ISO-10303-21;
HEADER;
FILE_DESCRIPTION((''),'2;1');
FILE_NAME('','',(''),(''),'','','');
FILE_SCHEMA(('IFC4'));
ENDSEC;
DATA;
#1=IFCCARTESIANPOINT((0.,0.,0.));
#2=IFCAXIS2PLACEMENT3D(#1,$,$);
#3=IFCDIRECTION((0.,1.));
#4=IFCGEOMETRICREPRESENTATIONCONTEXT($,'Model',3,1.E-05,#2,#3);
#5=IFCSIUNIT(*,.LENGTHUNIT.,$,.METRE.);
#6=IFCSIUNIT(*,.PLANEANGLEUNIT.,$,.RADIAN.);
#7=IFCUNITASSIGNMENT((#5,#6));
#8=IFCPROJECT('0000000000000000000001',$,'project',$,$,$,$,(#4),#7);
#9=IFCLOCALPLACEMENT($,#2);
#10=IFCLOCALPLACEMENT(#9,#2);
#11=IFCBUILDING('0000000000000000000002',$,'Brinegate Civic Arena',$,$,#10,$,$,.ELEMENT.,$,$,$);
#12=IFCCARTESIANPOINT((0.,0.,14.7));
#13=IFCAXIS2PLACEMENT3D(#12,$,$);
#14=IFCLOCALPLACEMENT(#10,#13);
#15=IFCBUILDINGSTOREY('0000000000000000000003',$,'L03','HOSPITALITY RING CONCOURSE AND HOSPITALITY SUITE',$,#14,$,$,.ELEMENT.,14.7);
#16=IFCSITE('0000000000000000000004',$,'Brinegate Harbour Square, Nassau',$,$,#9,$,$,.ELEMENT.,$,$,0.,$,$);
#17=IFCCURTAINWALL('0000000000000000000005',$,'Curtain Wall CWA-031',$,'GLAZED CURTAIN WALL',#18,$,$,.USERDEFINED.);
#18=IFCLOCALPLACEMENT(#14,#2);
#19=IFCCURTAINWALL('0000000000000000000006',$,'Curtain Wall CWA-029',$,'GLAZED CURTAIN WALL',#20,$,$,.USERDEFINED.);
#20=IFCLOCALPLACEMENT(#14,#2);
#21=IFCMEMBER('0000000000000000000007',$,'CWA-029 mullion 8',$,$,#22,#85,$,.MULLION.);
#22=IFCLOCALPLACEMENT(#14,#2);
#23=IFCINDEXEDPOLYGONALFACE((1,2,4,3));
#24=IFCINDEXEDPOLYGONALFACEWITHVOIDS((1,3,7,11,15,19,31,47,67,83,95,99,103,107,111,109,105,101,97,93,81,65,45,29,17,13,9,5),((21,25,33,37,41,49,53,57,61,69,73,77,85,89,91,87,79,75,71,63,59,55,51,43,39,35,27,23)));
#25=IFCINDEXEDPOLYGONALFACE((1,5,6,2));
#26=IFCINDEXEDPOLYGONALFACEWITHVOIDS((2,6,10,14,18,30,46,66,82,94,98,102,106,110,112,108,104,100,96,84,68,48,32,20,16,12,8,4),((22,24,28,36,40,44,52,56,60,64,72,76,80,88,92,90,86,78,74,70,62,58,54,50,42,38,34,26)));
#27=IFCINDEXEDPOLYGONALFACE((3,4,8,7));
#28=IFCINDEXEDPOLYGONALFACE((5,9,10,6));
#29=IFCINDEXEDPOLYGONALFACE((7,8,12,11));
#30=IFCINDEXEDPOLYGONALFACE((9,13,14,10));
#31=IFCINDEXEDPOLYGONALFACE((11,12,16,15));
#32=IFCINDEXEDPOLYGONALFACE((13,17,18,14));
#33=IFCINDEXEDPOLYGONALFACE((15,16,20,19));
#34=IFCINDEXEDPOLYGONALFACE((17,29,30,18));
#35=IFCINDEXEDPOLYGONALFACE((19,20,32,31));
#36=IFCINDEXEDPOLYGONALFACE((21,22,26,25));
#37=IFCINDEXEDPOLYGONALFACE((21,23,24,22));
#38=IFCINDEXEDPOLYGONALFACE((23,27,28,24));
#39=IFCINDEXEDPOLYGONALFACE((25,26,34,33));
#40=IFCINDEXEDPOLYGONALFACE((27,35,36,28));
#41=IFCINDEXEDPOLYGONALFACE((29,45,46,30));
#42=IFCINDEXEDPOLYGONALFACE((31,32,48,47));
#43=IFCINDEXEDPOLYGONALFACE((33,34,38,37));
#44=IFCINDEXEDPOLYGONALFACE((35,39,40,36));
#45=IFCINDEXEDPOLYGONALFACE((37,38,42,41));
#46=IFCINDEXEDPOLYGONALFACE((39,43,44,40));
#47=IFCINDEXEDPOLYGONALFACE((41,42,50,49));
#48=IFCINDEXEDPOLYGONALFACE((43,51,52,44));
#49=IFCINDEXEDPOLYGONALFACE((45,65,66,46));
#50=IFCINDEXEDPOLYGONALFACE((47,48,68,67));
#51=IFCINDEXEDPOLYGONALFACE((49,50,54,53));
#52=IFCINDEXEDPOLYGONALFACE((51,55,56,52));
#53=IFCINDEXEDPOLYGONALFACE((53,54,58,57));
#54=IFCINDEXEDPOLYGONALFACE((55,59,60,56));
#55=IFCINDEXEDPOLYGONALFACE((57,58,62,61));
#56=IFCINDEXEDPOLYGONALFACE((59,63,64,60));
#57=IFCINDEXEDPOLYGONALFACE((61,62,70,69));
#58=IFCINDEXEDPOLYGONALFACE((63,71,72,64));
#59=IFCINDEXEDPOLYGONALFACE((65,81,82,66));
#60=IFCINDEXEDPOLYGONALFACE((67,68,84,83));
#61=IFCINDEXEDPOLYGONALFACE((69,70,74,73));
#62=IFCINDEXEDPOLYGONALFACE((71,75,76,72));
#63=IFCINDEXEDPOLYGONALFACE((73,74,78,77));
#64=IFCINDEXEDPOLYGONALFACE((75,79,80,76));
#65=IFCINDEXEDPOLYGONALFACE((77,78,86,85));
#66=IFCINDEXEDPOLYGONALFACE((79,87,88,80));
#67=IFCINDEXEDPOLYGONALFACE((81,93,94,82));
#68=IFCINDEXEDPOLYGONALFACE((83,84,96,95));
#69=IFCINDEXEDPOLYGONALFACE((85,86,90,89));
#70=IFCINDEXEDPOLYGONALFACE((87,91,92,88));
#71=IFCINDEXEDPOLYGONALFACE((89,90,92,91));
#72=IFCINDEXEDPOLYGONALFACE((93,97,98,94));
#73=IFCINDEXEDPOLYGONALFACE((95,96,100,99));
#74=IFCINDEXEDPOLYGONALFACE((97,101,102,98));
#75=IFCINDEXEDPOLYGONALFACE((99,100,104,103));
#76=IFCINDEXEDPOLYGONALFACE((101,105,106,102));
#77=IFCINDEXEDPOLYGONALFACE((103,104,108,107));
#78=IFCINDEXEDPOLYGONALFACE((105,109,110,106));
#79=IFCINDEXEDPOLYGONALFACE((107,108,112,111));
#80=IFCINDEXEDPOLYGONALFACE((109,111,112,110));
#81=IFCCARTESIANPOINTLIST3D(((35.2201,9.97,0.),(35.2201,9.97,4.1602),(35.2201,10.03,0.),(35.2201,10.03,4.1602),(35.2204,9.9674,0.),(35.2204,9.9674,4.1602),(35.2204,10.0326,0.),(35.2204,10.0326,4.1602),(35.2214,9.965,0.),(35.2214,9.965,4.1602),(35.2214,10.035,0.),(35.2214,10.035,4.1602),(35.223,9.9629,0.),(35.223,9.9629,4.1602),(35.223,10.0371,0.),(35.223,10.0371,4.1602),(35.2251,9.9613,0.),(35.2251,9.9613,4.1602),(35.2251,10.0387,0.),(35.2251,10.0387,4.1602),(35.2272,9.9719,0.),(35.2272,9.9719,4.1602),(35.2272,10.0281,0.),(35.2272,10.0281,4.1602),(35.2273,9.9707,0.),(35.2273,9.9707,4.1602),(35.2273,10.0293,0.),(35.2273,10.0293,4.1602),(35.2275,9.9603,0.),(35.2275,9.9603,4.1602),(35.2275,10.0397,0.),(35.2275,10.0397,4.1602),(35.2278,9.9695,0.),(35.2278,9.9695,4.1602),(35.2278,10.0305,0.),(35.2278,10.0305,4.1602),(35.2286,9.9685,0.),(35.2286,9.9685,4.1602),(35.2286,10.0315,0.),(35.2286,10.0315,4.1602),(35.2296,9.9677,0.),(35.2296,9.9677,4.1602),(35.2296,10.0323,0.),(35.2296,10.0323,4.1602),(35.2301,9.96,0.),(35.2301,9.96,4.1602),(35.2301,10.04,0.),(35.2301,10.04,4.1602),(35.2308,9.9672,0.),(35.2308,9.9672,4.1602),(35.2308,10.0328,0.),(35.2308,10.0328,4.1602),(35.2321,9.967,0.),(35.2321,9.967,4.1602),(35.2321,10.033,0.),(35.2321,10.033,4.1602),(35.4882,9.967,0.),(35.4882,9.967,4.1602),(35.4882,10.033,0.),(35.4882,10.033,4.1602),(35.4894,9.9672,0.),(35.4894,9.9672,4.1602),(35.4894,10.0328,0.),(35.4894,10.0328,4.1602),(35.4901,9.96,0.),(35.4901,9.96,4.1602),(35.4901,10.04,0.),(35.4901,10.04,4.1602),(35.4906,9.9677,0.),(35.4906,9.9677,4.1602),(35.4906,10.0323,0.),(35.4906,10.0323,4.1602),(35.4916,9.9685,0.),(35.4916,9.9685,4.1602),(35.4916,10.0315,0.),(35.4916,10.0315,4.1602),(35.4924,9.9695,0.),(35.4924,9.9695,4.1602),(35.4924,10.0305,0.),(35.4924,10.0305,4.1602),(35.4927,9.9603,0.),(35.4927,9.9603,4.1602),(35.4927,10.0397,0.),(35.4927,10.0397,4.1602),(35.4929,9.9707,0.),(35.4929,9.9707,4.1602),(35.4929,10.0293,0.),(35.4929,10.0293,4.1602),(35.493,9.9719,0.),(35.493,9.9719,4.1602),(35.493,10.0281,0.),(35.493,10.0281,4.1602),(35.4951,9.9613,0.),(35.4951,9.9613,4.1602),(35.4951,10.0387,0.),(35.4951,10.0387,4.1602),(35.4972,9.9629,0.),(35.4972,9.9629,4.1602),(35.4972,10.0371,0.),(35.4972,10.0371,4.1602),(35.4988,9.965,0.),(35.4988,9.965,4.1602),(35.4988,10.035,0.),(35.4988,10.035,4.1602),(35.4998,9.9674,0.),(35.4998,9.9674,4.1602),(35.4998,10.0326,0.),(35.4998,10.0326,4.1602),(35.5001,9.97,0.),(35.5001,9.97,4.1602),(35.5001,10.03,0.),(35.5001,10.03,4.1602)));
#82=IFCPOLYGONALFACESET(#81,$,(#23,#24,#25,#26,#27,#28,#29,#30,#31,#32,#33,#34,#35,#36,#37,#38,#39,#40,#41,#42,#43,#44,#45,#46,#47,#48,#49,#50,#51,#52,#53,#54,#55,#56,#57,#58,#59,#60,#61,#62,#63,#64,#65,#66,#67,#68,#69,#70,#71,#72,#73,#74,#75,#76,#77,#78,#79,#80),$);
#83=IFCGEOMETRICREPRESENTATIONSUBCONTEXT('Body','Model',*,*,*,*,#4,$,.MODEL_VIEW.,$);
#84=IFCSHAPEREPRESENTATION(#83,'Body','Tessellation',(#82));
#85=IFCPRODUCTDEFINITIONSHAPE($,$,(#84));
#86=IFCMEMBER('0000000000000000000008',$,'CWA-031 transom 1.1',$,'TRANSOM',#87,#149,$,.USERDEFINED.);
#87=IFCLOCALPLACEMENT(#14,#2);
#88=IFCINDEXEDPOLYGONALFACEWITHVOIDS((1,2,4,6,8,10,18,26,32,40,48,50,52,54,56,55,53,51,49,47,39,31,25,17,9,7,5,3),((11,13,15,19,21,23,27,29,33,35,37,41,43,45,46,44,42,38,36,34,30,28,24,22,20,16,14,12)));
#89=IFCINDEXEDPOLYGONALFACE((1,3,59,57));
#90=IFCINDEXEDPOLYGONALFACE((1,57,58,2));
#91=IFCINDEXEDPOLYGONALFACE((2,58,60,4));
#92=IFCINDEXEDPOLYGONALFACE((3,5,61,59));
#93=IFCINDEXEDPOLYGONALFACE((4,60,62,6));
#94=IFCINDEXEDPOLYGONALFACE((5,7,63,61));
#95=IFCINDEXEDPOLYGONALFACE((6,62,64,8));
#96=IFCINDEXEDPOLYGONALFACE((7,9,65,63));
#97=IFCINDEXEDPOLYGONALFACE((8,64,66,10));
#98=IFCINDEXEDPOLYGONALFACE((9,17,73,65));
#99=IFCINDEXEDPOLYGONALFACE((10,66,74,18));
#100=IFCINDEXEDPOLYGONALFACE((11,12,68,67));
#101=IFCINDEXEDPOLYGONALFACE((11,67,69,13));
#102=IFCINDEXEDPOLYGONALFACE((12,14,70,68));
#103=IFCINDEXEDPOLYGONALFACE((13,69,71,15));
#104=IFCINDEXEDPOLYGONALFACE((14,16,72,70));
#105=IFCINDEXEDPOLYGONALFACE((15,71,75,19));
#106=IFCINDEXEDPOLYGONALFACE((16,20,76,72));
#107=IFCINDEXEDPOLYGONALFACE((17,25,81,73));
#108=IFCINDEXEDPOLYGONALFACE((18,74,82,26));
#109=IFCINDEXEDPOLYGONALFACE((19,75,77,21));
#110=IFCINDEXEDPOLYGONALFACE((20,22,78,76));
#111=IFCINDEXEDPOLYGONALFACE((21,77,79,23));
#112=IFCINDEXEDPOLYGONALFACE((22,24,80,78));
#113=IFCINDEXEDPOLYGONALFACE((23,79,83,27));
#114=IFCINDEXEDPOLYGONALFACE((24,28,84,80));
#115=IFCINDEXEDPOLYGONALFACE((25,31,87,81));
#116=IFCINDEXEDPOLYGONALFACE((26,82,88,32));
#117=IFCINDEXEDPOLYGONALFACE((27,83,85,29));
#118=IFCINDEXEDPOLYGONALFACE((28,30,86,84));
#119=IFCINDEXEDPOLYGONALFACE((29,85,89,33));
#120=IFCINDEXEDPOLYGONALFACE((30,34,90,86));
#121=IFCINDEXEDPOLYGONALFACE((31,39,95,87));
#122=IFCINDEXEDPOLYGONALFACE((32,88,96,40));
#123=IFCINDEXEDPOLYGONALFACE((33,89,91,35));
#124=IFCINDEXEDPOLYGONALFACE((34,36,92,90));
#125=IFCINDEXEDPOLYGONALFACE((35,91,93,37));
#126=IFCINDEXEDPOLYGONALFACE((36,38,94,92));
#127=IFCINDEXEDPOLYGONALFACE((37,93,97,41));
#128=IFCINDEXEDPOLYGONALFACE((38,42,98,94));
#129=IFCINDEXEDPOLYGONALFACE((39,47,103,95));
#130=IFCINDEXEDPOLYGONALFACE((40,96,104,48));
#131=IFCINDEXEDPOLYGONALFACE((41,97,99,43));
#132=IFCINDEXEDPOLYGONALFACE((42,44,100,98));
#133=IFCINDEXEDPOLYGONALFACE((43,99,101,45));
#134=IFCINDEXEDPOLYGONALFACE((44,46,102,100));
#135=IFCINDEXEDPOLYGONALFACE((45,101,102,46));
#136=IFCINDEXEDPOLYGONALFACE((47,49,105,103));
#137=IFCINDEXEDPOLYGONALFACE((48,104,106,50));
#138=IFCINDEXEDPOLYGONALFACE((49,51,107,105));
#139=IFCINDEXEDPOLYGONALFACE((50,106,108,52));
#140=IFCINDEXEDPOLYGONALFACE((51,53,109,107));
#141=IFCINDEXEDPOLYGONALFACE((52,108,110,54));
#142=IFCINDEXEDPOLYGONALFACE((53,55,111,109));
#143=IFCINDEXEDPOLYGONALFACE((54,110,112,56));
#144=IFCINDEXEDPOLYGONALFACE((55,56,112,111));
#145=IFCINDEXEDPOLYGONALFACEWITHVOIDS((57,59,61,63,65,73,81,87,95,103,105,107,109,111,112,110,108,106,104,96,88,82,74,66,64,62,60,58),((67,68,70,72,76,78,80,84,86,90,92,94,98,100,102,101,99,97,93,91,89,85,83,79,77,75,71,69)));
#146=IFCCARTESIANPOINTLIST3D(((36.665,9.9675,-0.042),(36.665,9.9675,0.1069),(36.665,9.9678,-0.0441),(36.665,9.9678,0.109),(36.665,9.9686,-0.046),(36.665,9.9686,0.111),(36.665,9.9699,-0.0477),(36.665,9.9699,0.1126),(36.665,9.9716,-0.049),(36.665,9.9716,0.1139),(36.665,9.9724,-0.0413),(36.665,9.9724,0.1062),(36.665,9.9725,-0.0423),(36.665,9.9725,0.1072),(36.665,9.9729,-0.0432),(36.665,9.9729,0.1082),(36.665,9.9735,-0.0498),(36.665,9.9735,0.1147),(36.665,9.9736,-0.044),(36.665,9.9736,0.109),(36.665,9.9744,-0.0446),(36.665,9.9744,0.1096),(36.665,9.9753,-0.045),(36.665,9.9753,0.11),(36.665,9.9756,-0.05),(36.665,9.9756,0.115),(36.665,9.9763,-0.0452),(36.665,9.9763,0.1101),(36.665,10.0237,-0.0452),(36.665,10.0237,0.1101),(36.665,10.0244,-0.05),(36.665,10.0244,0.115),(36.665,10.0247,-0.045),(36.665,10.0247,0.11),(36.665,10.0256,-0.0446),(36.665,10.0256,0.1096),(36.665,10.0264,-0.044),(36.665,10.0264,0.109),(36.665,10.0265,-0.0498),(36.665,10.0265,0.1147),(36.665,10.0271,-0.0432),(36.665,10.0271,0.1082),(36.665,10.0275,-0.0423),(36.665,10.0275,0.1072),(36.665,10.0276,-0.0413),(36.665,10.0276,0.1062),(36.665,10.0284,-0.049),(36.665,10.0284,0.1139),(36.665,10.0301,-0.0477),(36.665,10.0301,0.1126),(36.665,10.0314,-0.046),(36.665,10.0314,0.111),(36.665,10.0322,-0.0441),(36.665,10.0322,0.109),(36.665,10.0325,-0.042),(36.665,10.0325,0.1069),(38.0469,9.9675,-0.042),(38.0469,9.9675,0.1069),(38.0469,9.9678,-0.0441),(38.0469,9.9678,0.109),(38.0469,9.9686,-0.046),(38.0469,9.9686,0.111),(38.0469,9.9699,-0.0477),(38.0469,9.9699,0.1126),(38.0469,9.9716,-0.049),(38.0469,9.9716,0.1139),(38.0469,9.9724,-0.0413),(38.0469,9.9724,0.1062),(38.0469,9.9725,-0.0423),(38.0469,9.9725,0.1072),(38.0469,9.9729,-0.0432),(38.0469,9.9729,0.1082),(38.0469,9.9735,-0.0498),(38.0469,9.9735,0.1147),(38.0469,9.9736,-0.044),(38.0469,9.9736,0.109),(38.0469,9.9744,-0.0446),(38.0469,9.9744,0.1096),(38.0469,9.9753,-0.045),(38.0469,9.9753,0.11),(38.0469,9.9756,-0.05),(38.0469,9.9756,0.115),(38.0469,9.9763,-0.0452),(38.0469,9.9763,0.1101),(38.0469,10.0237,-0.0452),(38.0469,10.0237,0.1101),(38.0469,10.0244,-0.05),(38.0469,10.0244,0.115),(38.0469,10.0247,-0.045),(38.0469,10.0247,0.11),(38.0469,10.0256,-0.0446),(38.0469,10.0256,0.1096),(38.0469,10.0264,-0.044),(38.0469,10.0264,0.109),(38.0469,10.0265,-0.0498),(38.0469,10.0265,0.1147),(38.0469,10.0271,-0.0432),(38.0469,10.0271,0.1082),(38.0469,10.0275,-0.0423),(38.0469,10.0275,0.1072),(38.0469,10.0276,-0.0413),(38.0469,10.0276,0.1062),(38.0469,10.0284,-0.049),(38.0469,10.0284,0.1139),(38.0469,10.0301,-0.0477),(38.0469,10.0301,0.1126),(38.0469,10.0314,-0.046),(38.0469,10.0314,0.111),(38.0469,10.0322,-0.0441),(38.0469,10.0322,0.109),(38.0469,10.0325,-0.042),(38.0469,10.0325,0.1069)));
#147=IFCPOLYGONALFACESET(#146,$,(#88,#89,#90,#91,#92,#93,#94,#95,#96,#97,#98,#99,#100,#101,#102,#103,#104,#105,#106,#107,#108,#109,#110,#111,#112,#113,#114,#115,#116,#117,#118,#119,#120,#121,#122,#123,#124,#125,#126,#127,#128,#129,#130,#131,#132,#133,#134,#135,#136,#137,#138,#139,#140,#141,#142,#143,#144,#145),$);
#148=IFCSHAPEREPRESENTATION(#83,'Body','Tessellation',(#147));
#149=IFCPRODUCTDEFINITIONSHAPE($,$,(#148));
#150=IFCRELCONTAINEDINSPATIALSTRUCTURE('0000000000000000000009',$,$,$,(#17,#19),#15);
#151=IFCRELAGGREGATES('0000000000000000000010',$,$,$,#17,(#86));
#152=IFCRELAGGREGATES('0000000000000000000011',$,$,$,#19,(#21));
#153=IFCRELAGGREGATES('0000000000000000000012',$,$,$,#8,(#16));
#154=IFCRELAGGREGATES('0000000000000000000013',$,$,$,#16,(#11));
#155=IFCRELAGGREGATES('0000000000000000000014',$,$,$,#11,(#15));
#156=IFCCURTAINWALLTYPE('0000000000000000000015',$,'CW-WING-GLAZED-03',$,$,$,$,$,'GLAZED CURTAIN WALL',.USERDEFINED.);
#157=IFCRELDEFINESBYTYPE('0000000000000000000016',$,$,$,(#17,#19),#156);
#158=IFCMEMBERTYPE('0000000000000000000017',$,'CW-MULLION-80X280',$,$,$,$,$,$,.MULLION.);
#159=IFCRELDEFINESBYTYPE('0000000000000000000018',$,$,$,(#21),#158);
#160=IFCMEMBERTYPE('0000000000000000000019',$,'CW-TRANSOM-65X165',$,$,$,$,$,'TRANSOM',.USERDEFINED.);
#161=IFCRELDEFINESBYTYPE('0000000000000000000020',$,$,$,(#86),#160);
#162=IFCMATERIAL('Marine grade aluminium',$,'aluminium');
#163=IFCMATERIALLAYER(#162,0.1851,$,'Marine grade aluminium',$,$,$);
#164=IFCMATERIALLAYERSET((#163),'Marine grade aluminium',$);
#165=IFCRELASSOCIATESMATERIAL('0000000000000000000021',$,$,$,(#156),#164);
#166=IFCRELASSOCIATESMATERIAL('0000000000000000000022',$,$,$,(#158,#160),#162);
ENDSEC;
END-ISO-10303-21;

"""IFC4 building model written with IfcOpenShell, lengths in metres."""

from ifc_helpers import new_model, si_unit, direction, frame, origin, origin_2d, place, context, subcontext, project, spatial, hollow_rectangle, extrude, material, layer, layer_set, material_profile, profile_set, type_object, element, aggregate, save


model = new_model("IFC4")

# Units and contexts
model_context = context("Model", 3, precision=1e-05, world=origin(), true_north=direction((0.0, 1.0)))
body_context = subcontext(model_context, "Body", "Model", "MODEL_VIEW")
ifc_project = project(units=[si_unit("LENGTHUNIT", "METRE"), si_unit("PLANEANGLEUNIT", "RADIAN")], contexts=[model_context])

# Site, building, storey
site_placement = place(None, origin())
site = spatial("IfcSite", under=ifc_project, at=site_placement, Name="Brinegate Harbour Square, Nassau", CompositionType="ELEMENT", RefElevation=0.0)
building_placement = place(site_placement, origin())
building = spatial("IfcBuilding", under=site, at=building_placement, Name="Brinegate Civic Arena", CompositionType="ELEMENT")
storey_placement = place(building_placement, frame((0.0, 0.0, 14.7)))
storey = spatial("IfcBuildingStorey", under=building, at=storey_placement, Name="L03", Description="HOSPITALITY RING CONCOURSE AND HOSPITALITY SUITE", CompositionType="ELEMENT", Elevation=14.7)

# Curtain wall
ifc_material_1 = material(Name="Marine grade aluminium", Category="aluminium")
ifc_layer_1 = layer(ifc_material_1, 0.1851, Name="Marine grade aluminium")
ifc_layer_set_1 = layer_set([ifc_layer_1], Name="Marine grade aluminium")
curtain_wall_type = type_object("IfcCurtainWallType", Name="CW-WING-GLAZED-03", ElementType="GLAZED CURTAIN WALL", PredefinedType="USERDEFINED", material=ifc_layer_set_1)
curtain_wall_1_placement = place(storey_placement, origin())
curtain_wall_1 = element("IfcCurtainWall", 1, at=curtain_wall_1_placement, inside=storey, type_object=curtain_wall_type, Name="Curtain Wall CWA-031", ObjectType="GLAZED CURTAIN WALL", PredefinedType="USERDEFINED")

# Curtain wall, member
curtain_wall_2_placement = place(storey_placement, origin())
curtain_wall_2 = element("IfcCurtainWall", 2, at=curtain_wall_2_placement, inside=storey, type_object=curtain_wall_type, Name="Curtain Wall CWA-029", ObjectType="GLAZED CURTAIN WALL", PredefinedType="USERDEFINED")
ifc_material_profile_1 = material_profile(ifc_material_1, hollow_rectangle(XDim=0.0801, YDim=0.28, WallThickness=0.0071, InnerFilletRadius=0.0049, OuterFilletRadius=0.01, at=origin_2d()), Name="MUL80X280")
ifc_profile_set_1 = profile_set([ifc_material_profile_1], Name="Marine grade aluminium")
member_type_1 = type_object("IfcMemberType", Name="CW-MULLION-80X280", PredefinedType="MULLION", material=ifc_profile_set_1)
member_1_placement = place(storey_placement, frame((35.3601, 10.0, 0.0), z_axis=(0.0, 0.0, 1.0), x_axis=(0.0, 1.0, 0.0)))
member_1 = element("IfcMember", 3, at=member_1_placement, type_object=member_type_1, Name="CWA-029 mullion 8", PredefinedType="MULLION", context=body_context, shape_type="SweptSolid", body=[
    extrude(hollow_rectangle(XDim=0.0801, YDim=0.28, WallThickness=0.0071, InnerFilletRadius=0.0049, OuterFilletRadius=0.01, at=origin_2d()), origin(), (0.0, 0.0, 1.0), 4.1602),
])

# Member
ifc_material_profile_2 = material_profile(ifc_material_1, hollow_rectangle(XDim=0.0649, YDim=0.165, WallThickness=0.0049, InnerFilletRadius=0.0039, OuterFilletRadius=0.0081, at=origin_2d()), Name="TRN65X165")
ifc_profile_set_2 = profile_set([ifc_material_profile_2], Name="Marine grade aluminium")
member_type_2 = type_object("IfcMemberType", Name="CW-TRANSOM-65X165", ElementType="TRANSOM", PredefinedType="USERDEFINED", material=ifc_profile_set_2)
member_2_placement = place(storey_placement, frame((36.665, 10.0, 0.0325), z_axis=(1.0, 0.0, 0.0), x_axis=(0.0, 1.0, 0.0)))
member_2 = element("IfcMember", 4, at=member_2_placement, type_object=member_type_2, Name="CWA-031 transom 1.1", ObjectType="TRANSOM", PredefinedType="USERDEFINED", context=body_context, shape_type="SweptSolid", body=[
    extrude(hollow_rectangle(XDim=0.0649, YDim=0.165, WallThickness=0.0049, InnerFilletRadius=0.0039, OuterFilletRadius=0.0081, at=origin_2d()), origin(), (0.0, 0.0, 1.0), 1.3818),
])

aggregate(curtain_wall_1, [member_2])
aggregate(curtain_wall_2, [member_1])

save(model, "model.ifc")
